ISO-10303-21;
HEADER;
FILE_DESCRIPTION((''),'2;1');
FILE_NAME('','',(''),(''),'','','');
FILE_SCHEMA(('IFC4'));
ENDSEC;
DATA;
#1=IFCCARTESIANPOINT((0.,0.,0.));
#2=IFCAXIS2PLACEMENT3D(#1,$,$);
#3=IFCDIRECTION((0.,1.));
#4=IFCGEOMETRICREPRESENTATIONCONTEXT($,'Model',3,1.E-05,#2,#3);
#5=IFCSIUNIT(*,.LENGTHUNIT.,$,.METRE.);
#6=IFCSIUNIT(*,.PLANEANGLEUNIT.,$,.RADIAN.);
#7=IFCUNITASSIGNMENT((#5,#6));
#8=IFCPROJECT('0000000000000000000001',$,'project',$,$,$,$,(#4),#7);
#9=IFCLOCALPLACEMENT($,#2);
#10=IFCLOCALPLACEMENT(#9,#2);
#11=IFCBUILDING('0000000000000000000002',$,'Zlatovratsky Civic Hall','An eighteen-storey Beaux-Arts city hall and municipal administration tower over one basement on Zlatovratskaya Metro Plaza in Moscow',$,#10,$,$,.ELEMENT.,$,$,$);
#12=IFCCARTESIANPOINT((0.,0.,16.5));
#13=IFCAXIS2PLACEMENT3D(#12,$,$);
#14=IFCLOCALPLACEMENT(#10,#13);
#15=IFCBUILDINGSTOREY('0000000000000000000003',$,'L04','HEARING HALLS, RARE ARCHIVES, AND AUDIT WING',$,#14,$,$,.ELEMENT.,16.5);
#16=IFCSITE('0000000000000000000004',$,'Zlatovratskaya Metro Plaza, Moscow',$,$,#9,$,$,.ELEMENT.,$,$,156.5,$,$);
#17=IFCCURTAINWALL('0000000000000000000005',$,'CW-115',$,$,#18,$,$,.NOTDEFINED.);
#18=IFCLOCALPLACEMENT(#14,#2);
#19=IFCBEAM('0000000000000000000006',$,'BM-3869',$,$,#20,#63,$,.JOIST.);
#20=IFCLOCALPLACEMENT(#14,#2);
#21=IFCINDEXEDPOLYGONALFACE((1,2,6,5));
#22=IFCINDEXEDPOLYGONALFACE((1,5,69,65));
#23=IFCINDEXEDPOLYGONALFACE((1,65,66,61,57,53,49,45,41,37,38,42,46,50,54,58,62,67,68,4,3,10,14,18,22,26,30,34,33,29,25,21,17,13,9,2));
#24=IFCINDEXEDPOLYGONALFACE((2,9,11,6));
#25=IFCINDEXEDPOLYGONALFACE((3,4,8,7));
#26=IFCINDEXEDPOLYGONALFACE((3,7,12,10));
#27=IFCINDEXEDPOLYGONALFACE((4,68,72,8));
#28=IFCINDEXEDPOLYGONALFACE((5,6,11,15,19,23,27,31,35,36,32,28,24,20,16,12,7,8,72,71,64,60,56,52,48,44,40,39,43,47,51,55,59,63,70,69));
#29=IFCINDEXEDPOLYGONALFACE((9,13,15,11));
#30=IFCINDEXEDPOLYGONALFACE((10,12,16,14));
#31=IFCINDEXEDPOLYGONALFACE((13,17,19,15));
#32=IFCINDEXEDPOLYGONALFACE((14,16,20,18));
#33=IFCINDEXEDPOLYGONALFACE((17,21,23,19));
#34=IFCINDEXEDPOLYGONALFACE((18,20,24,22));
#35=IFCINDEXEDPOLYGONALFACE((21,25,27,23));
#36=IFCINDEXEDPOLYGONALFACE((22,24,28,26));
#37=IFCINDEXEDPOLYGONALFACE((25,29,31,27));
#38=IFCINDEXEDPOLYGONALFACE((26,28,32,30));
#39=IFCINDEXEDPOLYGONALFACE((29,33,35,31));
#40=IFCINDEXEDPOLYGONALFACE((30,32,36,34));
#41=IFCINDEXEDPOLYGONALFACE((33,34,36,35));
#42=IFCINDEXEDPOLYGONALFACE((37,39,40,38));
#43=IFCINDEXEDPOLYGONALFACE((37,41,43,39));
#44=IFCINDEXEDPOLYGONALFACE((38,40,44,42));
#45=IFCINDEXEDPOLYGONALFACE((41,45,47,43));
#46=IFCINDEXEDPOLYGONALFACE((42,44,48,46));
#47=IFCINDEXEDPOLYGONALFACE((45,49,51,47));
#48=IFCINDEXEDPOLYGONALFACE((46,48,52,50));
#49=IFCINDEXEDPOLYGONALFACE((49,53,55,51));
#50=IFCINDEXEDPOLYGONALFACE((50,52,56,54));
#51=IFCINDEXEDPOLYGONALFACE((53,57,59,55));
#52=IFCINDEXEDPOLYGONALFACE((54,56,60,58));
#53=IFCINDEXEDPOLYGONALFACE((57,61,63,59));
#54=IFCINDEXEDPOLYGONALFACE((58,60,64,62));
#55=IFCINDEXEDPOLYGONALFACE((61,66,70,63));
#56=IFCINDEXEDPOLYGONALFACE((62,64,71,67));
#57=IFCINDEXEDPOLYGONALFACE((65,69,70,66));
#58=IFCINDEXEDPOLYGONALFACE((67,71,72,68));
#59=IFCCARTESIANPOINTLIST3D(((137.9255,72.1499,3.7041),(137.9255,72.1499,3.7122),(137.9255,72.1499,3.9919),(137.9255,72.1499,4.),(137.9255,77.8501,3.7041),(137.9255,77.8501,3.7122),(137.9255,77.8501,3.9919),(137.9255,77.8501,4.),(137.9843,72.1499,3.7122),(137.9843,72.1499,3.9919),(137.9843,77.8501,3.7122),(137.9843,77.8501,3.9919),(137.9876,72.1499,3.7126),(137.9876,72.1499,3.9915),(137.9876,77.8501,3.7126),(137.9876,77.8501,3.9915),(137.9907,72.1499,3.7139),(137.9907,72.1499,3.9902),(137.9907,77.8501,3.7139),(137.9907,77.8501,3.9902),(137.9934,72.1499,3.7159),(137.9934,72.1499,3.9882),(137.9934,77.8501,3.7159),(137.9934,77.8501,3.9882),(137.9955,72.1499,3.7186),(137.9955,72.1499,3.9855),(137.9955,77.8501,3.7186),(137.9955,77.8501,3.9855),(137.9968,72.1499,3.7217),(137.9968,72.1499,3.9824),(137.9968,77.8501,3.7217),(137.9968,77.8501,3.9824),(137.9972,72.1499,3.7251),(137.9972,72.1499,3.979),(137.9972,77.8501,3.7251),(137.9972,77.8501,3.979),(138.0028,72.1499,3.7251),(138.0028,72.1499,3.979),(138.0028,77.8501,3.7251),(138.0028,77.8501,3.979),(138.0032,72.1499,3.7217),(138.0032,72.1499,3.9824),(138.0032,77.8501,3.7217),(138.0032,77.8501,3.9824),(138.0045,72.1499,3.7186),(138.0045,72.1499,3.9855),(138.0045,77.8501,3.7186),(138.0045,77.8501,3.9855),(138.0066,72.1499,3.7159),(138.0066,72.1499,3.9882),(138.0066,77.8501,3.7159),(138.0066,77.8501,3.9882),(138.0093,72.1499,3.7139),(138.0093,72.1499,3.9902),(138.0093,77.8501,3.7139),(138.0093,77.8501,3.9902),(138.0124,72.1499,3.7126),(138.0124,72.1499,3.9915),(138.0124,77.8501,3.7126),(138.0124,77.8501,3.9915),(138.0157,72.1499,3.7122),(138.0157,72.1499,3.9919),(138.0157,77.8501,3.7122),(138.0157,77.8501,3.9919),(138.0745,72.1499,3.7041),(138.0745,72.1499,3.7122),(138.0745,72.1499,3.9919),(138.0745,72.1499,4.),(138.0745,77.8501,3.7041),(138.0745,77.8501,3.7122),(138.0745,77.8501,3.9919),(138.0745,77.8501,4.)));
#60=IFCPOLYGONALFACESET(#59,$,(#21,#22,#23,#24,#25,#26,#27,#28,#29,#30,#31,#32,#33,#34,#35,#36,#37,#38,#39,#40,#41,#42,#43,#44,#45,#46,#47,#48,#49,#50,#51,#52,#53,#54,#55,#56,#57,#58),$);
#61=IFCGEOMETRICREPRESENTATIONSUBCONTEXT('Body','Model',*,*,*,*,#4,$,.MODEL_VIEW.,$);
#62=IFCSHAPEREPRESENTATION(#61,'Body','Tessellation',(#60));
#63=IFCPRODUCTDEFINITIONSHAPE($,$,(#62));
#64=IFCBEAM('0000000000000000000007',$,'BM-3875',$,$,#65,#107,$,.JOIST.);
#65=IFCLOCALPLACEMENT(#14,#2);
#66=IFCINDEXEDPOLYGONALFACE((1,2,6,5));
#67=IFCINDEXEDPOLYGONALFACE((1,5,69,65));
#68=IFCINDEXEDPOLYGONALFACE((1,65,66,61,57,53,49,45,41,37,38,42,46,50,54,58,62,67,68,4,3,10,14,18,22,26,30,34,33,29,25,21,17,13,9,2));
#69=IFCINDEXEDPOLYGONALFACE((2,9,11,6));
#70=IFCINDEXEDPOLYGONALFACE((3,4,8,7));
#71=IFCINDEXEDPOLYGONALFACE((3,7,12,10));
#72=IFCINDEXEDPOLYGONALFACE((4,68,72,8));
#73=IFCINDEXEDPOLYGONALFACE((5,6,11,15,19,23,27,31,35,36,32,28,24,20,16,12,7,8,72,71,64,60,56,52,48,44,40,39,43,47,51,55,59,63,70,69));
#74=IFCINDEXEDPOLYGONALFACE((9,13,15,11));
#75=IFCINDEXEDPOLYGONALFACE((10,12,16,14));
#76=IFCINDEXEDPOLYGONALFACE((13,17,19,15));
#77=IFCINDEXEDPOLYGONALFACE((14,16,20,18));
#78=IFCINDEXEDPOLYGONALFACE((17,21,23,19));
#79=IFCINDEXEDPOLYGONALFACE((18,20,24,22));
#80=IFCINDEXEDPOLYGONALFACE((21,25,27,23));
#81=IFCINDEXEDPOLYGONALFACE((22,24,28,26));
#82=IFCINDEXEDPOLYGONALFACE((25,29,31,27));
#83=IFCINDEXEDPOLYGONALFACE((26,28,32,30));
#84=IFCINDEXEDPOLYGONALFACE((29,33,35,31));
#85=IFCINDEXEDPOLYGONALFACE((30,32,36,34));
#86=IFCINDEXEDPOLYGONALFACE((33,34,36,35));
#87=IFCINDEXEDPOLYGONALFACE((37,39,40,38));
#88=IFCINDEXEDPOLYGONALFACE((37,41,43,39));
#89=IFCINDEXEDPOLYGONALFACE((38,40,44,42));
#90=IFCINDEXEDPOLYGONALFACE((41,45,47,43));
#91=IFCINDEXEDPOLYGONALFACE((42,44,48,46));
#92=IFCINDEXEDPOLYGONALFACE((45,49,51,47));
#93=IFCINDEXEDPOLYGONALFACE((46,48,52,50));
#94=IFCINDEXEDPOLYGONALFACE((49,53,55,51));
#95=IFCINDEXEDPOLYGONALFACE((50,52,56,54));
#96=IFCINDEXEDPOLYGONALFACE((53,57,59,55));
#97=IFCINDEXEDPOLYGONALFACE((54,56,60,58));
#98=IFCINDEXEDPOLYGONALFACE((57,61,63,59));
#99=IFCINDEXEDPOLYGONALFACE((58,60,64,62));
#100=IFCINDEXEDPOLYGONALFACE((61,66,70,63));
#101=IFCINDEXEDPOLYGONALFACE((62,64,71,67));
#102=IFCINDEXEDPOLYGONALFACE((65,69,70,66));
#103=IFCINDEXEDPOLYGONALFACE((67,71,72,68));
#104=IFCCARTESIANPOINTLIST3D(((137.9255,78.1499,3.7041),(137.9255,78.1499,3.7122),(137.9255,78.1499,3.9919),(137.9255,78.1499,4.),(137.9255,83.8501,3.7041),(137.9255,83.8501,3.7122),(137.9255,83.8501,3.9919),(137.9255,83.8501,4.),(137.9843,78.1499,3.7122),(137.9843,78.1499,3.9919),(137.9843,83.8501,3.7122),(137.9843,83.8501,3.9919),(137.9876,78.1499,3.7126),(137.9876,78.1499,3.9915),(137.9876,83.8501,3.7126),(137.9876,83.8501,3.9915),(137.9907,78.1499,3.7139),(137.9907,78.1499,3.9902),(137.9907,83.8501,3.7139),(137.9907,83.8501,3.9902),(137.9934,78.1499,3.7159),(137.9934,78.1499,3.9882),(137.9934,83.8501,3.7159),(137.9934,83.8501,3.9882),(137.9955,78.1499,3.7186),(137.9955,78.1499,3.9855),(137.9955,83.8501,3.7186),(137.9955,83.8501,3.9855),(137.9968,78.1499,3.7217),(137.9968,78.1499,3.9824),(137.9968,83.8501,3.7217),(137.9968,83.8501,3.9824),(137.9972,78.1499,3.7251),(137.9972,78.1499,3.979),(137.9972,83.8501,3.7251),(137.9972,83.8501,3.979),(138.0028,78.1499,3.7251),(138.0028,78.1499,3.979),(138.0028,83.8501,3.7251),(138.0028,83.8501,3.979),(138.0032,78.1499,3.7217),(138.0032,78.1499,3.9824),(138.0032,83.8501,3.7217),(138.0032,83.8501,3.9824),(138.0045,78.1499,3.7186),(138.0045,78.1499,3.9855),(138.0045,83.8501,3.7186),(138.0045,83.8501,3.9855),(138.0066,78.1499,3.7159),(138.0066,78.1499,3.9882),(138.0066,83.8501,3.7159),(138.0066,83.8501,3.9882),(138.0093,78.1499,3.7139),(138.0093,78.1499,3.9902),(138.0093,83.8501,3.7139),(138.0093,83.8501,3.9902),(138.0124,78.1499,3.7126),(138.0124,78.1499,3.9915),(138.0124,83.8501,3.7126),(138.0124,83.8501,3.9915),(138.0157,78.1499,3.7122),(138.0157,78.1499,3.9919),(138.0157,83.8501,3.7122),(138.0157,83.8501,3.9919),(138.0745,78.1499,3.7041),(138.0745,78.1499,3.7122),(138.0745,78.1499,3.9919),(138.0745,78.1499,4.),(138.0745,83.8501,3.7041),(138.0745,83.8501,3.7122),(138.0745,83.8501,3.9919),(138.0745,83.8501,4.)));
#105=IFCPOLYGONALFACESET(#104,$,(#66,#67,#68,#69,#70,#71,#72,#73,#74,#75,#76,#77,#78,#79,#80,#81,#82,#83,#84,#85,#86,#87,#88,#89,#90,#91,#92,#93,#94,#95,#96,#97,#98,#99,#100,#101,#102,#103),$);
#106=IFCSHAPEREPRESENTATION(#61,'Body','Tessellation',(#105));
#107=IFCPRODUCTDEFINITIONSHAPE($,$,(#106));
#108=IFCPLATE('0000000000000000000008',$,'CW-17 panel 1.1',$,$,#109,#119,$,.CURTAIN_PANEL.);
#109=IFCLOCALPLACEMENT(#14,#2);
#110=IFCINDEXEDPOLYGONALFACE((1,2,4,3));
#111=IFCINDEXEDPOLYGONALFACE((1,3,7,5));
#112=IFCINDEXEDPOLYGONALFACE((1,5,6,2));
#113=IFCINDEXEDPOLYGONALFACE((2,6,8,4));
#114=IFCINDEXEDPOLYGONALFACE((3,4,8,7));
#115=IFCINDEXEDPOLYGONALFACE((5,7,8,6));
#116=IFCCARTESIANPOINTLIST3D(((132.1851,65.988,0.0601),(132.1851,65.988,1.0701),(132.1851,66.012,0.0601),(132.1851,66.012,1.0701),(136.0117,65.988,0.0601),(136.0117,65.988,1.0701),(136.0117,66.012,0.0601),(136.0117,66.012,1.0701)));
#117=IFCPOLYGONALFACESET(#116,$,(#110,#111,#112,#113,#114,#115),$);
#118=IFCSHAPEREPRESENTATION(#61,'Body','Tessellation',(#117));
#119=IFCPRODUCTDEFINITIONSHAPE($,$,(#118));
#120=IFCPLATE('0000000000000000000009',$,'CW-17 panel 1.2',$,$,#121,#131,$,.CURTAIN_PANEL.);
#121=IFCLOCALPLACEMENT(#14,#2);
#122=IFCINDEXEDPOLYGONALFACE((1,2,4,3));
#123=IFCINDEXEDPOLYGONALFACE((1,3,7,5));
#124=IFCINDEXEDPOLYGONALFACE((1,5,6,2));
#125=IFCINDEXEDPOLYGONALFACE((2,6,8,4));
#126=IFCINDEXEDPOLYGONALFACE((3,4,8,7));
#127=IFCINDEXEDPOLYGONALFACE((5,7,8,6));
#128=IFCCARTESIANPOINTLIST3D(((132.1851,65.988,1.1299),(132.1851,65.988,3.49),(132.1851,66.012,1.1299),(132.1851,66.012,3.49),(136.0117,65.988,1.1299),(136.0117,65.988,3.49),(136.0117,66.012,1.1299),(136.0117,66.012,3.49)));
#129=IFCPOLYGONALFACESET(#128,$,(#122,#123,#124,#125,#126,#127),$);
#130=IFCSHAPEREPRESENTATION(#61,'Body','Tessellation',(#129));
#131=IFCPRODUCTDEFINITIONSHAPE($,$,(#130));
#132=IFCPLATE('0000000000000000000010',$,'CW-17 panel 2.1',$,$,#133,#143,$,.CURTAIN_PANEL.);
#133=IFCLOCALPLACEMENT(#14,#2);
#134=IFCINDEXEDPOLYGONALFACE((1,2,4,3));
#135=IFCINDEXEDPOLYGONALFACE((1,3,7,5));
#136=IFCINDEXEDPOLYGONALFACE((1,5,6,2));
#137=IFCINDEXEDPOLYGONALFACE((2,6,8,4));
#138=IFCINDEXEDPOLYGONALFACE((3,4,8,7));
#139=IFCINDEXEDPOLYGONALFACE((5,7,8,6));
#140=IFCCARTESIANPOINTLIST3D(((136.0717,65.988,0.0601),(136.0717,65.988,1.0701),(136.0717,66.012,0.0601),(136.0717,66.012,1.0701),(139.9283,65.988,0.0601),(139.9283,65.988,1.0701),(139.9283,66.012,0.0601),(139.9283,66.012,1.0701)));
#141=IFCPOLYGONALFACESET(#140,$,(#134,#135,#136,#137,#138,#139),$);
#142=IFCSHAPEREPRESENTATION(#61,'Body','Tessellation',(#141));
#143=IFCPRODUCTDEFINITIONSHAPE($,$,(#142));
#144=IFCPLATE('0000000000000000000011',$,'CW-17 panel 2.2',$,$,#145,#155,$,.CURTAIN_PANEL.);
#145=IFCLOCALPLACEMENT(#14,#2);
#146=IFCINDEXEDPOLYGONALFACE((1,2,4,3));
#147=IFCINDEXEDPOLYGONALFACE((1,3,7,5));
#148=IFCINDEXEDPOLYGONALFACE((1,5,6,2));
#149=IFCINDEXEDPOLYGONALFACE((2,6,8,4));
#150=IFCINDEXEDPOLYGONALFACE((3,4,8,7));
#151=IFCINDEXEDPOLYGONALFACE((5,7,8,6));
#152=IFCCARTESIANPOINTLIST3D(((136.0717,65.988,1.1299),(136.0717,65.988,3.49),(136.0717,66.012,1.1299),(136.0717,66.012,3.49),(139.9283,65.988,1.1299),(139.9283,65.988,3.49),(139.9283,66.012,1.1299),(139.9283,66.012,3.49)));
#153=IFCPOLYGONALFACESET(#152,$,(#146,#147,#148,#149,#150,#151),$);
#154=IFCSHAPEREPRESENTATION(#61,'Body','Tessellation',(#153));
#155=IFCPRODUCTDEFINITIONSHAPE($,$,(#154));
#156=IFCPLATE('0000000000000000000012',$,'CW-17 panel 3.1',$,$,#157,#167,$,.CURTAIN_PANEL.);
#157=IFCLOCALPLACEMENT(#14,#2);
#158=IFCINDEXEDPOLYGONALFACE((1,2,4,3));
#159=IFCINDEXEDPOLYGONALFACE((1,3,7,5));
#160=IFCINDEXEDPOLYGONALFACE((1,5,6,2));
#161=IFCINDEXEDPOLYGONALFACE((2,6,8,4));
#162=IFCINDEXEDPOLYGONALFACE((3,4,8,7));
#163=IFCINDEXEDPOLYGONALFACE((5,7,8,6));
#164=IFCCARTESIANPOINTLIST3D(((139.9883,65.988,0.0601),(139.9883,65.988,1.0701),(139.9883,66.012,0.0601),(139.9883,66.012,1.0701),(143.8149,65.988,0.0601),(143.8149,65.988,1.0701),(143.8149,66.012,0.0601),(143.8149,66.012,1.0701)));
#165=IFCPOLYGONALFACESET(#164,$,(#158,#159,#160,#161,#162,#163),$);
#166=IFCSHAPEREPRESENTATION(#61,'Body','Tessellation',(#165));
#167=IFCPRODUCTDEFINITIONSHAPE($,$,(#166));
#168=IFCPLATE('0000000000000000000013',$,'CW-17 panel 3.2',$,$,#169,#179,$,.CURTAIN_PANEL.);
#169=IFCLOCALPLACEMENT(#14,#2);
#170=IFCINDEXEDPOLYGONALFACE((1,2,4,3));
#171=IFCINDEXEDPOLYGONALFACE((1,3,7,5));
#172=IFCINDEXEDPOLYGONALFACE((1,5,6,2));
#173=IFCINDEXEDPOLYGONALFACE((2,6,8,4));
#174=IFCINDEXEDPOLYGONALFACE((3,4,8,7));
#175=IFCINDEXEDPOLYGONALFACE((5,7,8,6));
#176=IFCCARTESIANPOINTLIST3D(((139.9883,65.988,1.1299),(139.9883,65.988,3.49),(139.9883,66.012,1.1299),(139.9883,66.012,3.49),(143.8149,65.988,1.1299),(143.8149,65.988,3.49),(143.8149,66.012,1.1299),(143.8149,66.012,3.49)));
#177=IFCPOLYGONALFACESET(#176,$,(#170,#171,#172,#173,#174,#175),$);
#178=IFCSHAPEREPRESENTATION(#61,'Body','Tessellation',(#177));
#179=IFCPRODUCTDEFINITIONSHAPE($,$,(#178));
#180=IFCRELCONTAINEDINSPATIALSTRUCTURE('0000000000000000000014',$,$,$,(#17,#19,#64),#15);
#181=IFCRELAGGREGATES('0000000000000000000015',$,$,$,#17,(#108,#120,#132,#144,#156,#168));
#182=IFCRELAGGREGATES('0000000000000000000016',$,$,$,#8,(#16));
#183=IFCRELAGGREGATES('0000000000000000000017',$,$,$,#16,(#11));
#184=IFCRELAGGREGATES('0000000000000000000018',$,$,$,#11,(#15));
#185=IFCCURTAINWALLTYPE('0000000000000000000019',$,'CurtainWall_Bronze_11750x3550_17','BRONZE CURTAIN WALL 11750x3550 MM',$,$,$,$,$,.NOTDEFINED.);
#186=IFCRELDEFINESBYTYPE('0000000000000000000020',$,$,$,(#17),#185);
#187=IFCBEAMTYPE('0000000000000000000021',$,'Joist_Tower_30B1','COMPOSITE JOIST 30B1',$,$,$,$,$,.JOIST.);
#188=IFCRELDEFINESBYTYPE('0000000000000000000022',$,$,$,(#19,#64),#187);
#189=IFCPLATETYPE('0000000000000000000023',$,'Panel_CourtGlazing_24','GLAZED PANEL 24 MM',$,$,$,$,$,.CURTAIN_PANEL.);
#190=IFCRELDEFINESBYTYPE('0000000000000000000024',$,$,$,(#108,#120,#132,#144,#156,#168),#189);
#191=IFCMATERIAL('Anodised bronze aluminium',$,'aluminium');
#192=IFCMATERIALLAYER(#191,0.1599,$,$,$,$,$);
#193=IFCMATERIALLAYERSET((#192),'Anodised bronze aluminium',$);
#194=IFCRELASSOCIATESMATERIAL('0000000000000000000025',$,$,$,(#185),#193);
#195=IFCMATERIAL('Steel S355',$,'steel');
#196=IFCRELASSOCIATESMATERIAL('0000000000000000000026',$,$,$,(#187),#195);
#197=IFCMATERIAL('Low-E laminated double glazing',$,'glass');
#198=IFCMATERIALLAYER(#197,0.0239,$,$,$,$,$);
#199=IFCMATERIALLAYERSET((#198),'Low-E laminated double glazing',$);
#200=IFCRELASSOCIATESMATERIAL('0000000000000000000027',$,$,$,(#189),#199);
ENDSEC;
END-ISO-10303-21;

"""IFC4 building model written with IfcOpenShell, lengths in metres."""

from ifc_helpers import new_model, si_unit, direction, frame, origin, origin_2d, place, context, subcontext, project, spatial, rectangle, i_section, extrude, material, layer, layer_set, material_profile, profile_set, type_object, element, aggregate, save


model = new_model("IFC4")

# Units and contexts
model_context = context("Model", 3, precision=1e-05, world=origin(), true_north=direction((0.0, 1.0)))
body_context = subcontext(model_context, "Body", "Model", "MODEL_VIEW")
ifc_project = project(units=[si_unit("LENGTHUNIT", "METRE"), si_unit("PLANEANGLEUNIT", "RADIAN")], contexts=[model_context])

# Site, building, storey
site_placement = place(None, origin())
site = spatial("IfcSite", under=ifc_project, at=site_placement, Name="Zlatovratskaya Metro Plaza, Moscow", CompositionType="ELEMENT", RefElevation=156.5)
building_placement = place(site_placement, origin())
building = spatial("IfcBuilding", under=site, at=building_placement, Name="Zlatovratsky Civic Hall", Description="An eighteen-storey Beaux-Arts city hall and municipal administration tower over one basement on Zlatovratskaya Metro Plaza in Moscow", CompositionType="ELEMENT")
storey_placement = place(building_placement, frame((0.0, 0.0, 16.5)))
storey = spatial("IfcBuildingStorey", under=building, at=storey_placement, Name="L04", Description="HEARING HALLS, RARE ARCHIVES, AND AUDIT WING", CompositionType="ELEMENT", Elevation=16.5)

# Shared definitions
ifc_material_1 = material(Name="Steel S355", Category="steel")

# Curtain wall
ifc_material_2 = material(Name="Anodised bronze aluminium", Category="aluminium")
ifc_layer_1 = layer(ifc_material_2, 0.1599)
ifc_layer_set_1 = layer_set([ifc_layer_1], Name="Anodised bronze aluminium")
curtain_wall_type = type_object("IfcCurtainWallType", Name="CurtainWall_Bronze_11750x3550_17", Description="BRONZE CURTAIN WALL 11750x3550 MM", PredefinedType="NOTDEFINED", material=ifc_layer_set_1)
curtain_wall_placement = place(storey_placement, origin())
curtain_wall = element("IfcCurtainWall", 1, at=curtain_wall_placement, inside=storey, type_object=curtain_wall_type, Name="CW-115", PredefinedType="NOTDEFINED")

# Beams
ifc_material_profile_1 = material_profile(ifc_material_1, i_section(OverallWidth=0.1489, OverallDepth=0.2959, WebThickness=0.0056, FlangeThickness=0.0081, FilletRadius=0.0129, at=origin_2d()), Name="30B1")
ifc_profile_set_1 = profile_set([ifc_material_profile_1], Name="Steel S355")
beam_type_1 = type_object("IfcBeamType", Name="Joist_Tower_30B1", Description="COMPOSITE JOIST 30B1", PredefinedType="JOIST", material=ifc_profile_set_1)
for number, where, z_axis, x_axis, name in (
    (2, (138.0, 72.1499, 3.8521), (0.0, 1.0, 0.0), (-1.0, 0.0, 0.0), "BM-3869"),
    (3, (138.0, 78.1499, 3.8521), (0.0, 1.0, 0.0), (-1.0, 0.0, 0.0), "BM-3875"),
):
    element("IfcBeam", number, at=place(storey_placement, frame(where, z_axis=z_axis, x_axis=x_axis)), inside=storey, type_object=beam_type_1, Name=name, PredefinedType="JOIST", context=body_context, shape_type="SweptSolid", body=[
        extrude(i_section(OverallWidth=0.1489, OverallDepth=0.2959, WebThickness=0.0056, FlangeThickness=0.0081, FilletRadius=0.0129, at=origin_2d()), origin(), (0.0, 0.0, 1.0), 5.7002),
    ])

# Plates
ifc_material_3 = material(Name="Low-E laminated double glazing", Category="glass")
ifc_layer_2 = layer(ifc_material_3, 0.0239)
ifc_layer_set_2 = layer_set([ifc_layer_2], Name="Low-E laminated double glazing")
plate_type = type_object("IfcPlateType", Name="Panel_CourtGlazing_24", Description="GLAZED PANEL 24 MM", PredefinedType="CURTAIN_PANEL", material=ifc_layer_set_2)
plate_1_placement = place(storey_placement, frame((134.0984, 66.0, 0.0601), z_axis=(0.0, 0.0, 1.0), x_axis=(1.0, 0.0, 0.0)))
plate_1 = element("IfcPlate", 4, at=plate_1_placement, type_object=plate_type, Name="CW-17 panel 1.1", PredefinedType="CURTAIN_PANEL", context=body_context, shape_type="SweptSolid", body=[
    extrude(rectangle(XDim=3.8267, YDim=0.0239, at=origin_2d()), origin(), (0.0, 0.0, 1.0), 1.01),
])
plate_2_placement = place(storey_placement, frame((134.0984, 66.0, 1.1299), z_axis=(0.0, 0.0, 1.0), x_axis=(1.0, 0.0, 0.0)))
plate_2 = element("IfcPlate", 5, at=plate_2_placement, type_object=plate_type, Name="CW-17 panel 1.2", PredefinedType="CURTAIN_PANEL", context=body_context, shape_type="SweptSolid", body=[
    extrude(rectangle(XDim=3.8267, YDim=0.0239, at=origin_2d()), origin(), (0.0, 0.0, 1.0), 2.3601),
])
plate_3_placement = place(storey_placement, frame((138.0, 66.0, 0.0601), z_axis=(0.0, 0.0, 1.0), x_axis=(1.0, 0.0, 0.0)))
plate_3 = element("IfcPlate", 6, at=plate_3_placement, type_object=plate_type, Name="CW-17 panel 2.1", PredefinedType="CURTAIN_PANEL", context=body_context, shape_type="SweptSolid", body=[
    extrude(rectangle(XDim=3.8567, YDim=0.0239, at=origin_2d()), origin(), (0.0, 0.0, 1.0), 1.01),
])
plate_4_placement = place(storey_placement, frame((138.0, 66.0, 1.1299), z_axis=(0.0, 0.0, 1.0), x_axis=(1.0, 0.0, 0.0)))
plate_4 = element("IfcPlate", 7, at=plate_4_placement, type_object=plate_type, Name="CW-17 panel 2.2", PredefinedType="CURTAIN_PANEL", context=body_context, shape_type="SweptSolid", body=[
    extrude(rectangle(XDim=3.8567, YDim=0.0239, at=origin_2d()), origin(), (0.0, 0.0, 1.0), 2.3601),
])
plate_5_placement = place(storey_placement, frame((141.9016, 66.0, 0.0601), z_axis=(0.0, 0.0, 1.0), x_axis=(1.0, 0.0, 0.0)))
plate_5 = element("IfcPlate", 8, at=plate_5_placement, type_object=plate_type, Name="CW-17 panel 3.1", PredefinedType="CURTAIN_PANEL", context=body_context, shape_type="SweptSolid", body=[
    extrude(rectangle(XDim=3.8267, YDim=0.0239, at=origin_2d()), origin(), (0.0, 0.0, 1.0), 1.01),
])
plate_6_placement = place(storey_placement, frame((141.9016, 66.0, 1.1299), z_axis=(0.0, 0.0, 1.0), x_axis=(1.0, 0.0, 0.0)))
plate_6 = element("IfcPlate", 9, at=plate_6_placement, type_object=plate_type, Name="CW-17 panel 3.2", PredefinedType="CURTAIN_PANEL", context=body_context, shape_type="SweptSolid", body=[
    extrude(rectangle(XDim=3.8267, YDim=0.0239, at=origin_2d()), origin(), (0.0, 0.0, 1.0), 2.3601),
])
aggregate(curtain_wall, [plate_1, plate_2, plate_3, plate_4, plate_5, plate_6])

save(model, "model.ifc")
